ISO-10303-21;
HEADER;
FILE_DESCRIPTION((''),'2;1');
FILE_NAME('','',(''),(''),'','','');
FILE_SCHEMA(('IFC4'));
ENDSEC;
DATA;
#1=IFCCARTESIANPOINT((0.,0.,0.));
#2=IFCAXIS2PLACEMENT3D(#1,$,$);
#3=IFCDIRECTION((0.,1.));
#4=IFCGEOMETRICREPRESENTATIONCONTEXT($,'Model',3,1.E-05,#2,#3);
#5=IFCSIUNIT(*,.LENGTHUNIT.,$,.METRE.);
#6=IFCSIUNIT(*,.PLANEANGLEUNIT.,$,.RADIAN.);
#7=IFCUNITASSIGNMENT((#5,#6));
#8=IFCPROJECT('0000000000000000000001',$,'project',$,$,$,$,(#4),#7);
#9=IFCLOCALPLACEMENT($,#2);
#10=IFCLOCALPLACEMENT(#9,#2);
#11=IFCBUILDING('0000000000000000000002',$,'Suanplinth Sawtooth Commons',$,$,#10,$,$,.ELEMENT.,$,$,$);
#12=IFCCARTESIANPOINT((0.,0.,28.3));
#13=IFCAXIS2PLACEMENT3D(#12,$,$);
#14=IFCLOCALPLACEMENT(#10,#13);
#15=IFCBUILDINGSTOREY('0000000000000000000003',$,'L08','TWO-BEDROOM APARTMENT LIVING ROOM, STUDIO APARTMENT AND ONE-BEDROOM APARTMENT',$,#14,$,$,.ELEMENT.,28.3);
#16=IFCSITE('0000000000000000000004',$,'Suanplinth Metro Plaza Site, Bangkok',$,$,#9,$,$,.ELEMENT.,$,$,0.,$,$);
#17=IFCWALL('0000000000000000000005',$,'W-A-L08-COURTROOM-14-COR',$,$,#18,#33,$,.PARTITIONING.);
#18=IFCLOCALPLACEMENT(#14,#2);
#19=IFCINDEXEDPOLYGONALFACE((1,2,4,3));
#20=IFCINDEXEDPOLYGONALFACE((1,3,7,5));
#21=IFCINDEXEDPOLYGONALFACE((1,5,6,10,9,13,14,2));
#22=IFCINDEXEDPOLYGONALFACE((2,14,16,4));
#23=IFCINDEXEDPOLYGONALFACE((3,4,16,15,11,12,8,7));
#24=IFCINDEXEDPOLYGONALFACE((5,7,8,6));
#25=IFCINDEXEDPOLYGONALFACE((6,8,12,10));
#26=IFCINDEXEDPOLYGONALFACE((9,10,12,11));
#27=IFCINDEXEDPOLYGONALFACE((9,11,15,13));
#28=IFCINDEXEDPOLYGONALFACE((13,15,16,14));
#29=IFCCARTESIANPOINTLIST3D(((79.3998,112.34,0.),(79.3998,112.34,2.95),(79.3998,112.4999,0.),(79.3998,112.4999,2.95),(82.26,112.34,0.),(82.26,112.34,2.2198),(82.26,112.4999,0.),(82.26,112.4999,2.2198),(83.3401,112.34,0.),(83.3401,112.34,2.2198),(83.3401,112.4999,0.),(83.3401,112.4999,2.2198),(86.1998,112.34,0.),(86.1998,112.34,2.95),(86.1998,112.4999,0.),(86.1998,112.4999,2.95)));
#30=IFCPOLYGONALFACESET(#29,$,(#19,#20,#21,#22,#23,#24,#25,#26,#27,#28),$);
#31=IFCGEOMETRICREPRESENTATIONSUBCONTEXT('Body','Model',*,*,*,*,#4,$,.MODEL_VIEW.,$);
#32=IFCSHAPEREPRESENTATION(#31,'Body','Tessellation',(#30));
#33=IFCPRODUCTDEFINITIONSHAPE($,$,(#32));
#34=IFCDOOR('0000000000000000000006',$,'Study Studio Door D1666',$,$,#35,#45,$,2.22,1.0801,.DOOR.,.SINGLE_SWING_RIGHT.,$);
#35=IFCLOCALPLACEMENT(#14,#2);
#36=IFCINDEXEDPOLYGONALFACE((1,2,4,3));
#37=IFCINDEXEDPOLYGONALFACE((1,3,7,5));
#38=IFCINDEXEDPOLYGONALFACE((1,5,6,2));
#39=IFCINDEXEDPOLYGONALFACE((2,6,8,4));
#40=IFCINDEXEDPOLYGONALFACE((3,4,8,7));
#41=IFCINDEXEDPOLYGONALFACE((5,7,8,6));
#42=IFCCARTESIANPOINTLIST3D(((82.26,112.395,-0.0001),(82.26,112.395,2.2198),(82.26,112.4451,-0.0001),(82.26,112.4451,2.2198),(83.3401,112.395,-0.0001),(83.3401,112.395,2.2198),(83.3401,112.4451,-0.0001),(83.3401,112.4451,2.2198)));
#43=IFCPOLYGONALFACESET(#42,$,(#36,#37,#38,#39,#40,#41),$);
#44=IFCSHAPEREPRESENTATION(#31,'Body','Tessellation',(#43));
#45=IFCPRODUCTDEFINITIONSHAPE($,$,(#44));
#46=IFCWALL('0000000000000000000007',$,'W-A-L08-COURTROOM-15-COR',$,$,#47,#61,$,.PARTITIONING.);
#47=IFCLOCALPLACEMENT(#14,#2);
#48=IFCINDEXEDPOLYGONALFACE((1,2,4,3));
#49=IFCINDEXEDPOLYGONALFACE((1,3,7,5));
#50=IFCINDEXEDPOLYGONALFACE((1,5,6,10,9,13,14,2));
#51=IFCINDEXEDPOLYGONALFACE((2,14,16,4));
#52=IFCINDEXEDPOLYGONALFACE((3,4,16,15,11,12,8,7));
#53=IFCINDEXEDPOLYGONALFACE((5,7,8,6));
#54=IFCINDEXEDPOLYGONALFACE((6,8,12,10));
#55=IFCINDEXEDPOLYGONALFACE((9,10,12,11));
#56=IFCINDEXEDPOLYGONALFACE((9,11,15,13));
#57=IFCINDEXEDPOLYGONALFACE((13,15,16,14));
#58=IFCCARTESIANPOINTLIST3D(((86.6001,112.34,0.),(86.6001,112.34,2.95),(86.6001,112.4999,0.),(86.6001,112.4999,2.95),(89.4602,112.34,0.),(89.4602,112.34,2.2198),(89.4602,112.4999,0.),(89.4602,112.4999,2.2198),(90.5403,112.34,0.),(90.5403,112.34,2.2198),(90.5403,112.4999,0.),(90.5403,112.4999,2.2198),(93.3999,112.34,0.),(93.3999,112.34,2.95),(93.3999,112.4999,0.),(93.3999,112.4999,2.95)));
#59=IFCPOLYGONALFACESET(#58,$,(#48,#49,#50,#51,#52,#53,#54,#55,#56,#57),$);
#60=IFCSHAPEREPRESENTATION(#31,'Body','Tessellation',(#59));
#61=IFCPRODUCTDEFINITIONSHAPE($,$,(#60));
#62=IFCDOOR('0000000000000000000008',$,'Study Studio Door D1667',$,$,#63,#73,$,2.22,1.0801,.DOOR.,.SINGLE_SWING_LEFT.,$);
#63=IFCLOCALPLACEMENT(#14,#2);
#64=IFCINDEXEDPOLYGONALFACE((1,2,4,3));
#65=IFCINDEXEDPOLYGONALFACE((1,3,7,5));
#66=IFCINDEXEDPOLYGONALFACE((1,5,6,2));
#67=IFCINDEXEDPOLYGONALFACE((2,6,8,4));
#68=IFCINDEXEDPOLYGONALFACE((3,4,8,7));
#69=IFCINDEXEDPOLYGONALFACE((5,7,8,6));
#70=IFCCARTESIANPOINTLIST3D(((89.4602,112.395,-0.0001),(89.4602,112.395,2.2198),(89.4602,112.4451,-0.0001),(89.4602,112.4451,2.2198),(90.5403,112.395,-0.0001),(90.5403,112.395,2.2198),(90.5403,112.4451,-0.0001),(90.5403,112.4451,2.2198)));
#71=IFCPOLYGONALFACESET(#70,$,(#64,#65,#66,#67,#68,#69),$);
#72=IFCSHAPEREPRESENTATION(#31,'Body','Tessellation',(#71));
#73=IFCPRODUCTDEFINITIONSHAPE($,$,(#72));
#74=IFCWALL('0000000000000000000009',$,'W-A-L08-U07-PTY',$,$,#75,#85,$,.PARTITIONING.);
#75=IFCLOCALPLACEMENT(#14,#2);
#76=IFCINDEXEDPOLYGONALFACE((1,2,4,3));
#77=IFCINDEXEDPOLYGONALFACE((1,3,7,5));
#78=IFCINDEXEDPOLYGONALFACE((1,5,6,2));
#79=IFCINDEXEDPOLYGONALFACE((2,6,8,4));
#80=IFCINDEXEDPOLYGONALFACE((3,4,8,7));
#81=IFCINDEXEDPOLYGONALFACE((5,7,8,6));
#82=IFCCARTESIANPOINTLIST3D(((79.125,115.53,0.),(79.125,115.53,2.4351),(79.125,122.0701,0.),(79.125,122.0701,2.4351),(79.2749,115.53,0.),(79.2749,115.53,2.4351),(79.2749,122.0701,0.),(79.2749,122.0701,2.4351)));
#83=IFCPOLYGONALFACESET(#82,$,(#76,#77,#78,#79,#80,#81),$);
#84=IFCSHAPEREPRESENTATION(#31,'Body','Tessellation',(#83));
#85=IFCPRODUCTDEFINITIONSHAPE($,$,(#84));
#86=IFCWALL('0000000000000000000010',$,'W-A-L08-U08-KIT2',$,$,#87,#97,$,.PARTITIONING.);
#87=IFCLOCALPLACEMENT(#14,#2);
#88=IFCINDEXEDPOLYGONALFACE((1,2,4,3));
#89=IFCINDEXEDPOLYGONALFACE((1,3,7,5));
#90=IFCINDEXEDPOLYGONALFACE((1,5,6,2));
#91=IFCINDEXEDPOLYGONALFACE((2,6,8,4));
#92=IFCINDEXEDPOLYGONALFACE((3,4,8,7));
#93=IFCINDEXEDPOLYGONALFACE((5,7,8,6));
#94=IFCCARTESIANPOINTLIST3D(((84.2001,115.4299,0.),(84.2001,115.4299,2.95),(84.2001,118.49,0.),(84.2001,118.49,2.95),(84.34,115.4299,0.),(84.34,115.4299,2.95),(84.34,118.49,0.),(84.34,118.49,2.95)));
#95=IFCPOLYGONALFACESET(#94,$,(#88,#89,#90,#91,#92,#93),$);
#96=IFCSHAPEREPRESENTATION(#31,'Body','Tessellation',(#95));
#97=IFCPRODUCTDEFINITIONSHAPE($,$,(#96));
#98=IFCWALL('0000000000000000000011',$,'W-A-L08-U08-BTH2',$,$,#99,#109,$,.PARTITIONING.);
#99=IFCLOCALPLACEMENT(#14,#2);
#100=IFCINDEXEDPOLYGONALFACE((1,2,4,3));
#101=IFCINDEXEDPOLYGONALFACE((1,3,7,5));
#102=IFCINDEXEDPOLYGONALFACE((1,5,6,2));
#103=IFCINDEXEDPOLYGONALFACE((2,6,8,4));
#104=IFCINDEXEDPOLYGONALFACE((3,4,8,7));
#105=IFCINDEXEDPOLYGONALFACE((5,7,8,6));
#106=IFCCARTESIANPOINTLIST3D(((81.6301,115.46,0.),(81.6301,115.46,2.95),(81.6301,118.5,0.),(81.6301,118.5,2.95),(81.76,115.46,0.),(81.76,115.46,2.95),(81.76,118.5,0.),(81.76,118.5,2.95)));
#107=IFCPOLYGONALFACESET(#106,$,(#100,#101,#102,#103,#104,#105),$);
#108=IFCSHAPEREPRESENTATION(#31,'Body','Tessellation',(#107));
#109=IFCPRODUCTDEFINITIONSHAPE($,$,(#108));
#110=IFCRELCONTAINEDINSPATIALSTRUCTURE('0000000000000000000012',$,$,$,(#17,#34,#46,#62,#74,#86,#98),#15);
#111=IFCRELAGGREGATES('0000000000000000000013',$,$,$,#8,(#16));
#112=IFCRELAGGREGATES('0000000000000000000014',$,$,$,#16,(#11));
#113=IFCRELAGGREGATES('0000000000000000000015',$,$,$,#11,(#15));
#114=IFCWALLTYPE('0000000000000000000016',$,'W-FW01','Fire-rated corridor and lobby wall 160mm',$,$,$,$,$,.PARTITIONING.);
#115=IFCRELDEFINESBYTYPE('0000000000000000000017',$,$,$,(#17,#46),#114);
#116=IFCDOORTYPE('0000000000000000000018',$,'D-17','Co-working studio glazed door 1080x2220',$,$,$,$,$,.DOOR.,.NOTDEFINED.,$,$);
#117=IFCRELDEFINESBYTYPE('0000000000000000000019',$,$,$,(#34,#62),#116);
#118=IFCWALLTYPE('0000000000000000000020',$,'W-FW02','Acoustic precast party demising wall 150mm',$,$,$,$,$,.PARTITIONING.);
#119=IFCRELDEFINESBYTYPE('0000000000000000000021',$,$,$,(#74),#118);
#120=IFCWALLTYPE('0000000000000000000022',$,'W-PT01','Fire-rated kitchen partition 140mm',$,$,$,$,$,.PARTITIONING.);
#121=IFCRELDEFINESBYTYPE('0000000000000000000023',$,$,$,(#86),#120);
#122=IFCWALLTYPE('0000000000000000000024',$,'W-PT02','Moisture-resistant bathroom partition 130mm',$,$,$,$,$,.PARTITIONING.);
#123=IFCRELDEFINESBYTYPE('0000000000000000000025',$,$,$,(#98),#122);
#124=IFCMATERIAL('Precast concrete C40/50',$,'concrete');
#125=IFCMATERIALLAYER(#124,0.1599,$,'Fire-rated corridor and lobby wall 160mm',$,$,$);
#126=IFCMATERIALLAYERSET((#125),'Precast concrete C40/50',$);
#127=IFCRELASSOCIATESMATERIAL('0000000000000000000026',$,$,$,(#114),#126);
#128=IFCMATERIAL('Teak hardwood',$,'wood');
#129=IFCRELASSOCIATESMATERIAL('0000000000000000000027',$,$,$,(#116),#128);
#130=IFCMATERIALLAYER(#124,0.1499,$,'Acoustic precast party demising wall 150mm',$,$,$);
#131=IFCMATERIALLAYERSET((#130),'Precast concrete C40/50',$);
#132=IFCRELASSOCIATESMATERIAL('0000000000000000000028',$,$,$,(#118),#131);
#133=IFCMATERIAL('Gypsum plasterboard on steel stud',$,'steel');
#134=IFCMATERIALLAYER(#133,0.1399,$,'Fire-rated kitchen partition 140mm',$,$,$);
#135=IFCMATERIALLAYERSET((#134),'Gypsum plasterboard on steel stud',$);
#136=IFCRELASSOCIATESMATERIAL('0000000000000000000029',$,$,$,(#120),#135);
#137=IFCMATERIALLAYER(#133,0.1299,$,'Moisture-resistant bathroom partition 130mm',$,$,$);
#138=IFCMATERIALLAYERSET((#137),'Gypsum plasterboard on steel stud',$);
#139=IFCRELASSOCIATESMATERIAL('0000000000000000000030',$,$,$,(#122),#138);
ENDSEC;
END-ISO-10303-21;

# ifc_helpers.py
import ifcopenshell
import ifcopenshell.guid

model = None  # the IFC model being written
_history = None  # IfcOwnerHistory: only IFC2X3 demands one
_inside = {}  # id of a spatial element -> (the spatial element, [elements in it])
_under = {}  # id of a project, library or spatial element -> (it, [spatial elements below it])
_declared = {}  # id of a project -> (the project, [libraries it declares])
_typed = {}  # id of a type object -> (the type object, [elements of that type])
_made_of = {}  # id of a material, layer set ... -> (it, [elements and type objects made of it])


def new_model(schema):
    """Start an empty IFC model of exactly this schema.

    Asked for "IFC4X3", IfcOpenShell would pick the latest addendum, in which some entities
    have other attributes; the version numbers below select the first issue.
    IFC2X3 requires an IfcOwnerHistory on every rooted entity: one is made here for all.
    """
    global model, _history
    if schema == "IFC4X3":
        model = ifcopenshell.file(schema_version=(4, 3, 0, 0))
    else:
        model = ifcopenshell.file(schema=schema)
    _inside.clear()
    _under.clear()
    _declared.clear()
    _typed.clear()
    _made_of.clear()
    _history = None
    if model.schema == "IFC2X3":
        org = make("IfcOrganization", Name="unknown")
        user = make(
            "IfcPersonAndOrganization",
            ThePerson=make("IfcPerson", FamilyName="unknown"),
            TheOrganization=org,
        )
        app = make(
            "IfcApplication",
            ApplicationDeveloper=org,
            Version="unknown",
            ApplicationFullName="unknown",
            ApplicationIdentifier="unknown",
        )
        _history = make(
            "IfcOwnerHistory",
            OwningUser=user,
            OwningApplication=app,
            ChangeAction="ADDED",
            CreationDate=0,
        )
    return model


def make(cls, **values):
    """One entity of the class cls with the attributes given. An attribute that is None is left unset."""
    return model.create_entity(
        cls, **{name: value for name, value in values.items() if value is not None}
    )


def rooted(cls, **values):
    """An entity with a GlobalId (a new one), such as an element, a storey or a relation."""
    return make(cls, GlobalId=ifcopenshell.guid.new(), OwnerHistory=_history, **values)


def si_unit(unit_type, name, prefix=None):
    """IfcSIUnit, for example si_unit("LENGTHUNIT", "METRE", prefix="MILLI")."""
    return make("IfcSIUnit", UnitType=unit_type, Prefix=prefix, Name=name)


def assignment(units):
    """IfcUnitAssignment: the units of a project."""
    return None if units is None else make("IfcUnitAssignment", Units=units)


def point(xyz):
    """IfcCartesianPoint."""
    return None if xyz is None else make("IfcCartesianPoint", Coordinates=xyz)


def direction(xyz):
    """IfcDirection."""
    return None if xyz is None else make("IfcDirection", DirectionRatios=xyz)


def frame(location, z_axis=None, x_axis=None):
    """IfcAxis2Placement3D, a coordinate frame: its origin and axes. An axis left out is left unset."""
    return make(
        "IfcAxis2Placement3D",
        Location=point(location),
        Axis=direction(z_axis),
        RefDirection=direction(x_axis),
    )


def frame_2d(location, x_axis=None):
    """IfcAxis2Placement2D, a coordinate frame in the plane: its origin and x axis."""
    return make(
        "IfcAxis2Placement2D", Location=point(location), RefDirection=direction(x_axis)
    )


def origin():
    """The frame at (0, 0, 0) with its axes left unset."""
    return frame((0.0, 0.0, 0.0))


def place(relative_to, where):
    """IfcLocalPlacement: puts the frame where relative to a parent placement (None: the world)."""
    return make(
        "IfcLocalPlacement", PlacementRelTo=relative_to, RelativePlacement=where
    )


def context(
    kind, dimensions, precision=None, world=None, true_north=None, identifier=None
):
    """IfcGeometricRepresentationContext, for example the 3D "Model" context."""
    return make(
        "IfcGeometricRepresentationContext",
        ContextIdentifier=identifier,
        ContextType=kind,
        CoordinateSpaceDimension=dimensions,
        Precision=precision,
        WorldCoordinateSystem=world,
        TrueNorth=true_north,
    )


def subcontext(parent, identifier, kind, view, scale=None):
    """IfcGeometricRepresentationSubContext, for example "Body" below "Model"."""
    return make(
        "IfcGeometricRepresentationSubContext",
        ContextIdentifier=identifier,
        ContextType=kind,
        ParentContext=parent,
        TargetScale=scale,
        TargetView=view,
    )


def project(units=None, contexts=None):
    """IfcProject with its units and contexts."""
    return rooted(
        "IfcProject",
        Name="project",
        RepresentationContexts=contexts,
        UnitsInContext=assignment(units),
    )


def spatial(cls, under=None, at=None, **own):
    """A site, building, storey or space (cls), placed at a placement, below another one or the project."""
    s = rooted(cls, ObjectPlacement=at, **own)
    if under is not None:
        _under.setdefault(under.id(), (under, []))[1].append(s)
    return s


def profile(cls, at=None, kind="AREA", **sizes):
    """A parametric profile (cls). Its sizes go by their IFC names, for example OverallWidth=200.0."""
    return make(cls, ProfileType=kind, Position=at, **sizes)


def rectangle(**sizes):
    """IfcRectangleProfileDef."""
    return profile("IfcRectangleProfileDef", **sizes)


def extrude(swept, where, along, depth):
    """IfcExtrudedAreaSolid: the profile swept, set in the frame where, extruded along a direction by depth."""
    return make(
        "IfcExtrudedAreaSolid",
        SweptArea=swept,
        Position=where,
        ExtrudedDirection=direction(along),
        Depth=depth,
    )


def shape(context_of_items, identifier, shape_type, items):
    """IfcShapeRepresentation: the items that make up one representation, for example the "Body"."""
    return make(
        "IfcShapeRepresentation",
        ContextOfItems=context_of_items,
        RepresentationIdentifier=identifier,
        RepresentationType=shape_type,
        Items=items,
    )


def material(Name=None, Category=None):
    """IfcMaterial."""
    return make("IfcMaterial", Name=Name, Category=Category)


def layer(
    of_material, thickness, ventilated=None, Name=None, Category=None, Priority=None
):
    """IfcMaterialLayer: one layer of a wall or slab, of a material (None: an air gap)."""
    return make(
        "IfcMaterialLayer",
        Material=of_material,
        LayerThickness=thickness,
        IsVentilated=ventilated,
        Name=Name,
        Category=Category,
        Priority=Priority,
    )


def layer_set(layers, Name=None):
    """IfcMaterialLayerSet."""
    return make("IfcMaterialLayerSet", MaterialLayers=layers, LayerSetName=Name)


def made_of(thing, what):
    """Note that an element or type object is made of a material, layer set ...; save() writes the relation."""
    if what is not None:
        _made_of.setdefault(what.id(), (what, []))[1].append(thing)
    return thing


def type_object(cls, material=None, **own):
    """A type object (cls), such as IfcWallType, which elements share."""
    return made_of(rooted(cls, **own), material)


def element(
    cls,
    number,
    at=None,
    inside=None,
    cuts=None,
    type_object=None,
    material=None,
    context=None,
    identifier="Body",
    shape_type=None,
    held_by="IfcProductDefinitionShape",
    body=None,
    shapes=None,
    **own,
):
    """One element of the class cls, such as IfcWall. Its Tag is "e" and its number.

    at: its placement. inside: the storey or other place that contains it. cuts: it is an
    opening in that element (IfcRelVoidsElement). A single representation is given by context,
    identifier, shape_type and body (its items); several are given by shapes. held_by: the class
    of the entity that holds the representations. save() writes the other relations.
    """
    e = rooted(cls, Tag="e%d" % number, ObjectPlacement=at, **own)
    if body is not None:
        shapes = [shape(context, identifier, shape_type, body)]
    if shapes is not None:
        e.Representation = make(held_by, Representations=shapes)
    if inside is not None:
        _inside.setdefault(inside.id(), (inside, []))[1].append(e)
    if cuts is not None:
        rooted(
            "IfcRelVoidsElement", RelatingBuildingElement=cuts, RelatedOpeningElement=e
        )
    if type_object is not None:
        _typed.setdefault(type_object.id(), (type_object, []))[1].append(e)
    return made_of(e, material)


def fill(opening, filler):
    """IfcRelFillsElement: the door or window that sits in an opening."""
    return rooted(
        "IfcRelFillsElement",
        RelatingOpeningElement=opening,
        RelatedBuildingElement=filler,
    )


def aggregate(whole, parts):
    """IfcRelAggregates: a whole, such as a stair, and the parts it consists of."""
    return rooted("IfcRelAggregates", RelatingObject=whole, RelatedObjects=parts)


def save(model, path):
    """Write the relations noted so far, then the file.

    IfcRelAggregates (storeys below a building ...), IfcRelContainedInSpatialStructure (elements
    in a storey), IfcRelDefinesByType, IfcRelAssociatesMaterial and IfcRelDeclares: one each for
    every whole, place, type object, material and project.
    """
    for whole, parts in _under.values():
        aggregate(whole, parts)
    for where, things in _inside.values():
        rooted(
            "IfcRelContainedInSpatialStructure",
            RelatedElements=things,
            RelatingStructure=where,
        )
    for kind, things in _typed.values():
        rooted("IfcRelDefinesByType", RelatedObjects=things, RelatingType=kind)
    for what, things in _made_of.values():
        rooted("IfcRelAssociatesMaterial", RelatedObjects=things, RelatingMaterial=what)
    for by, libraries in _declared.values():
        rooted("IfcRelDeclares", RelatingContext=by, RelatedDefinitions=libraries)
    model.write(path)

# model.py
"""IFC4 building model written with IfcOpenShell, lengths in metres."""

from ifc_helpers import new_model, si_unit, direction, frame, frame_2d, origin, place, context, subcontext, project, spatial, rectangle, extrude, material, layer, layer_set, type_object, element, fill, save


model = new_model("IFC4")

# Units and contexts
model_context = context("Model", 3, precision=1e-05, world=origin(), true_north=direction((0.0, 1.0)))
body_context = subcontext(model_context, "Body", "Model", "MODEL_VIEW")
ifc_project = project(units=[si_unit("LENGTHUNIT", "METRE"), si_unit("PLANEANGLEUNIT", "RADIAN")], contexts=[model_context])

# Site, building, storey
site_placement = place(None, origin())
site = spatial("IfcSite", under=ifc_project, at=site_placement, Name="Suanplinth Metro Plaza Site, Bangkok", CompositionType="ELEMENT", RefElevation=0.0)
building_placement = place(site_placement, origin())
building = spatial("IfcBuilding", under=site, at=building_placement, Name="Suanplinth Sawtooth Commons", CompositionType="ELEMENT")
storey_placement = place(building_placement, frame((0.0, 0.0, 28.3)))
storey = spatial("IfcBuildingStorey", under=building, at=storey_placement, Name="L08", Description="TWO-BEDROOM APARTMENT LIVING ROOM, STUDIO APARTMENT AND ONE-BEDROOM APARTMENT", CompositionType="ELEMENT", Elevation=28.3)

# Shared definitions
ifc_material_1 = material(Name="Precast concrete C40/50", Category="concrete")

# Walls, openings, doors
ifc_layer_1 = layer(ifc_material_1, 0.1599, Name="Fire-rated corridor and lobby wall 160mm")
ifc_layer_set_1 = layer_set([ifc_layer_1], Name="Precast concrete C40/50")
wall_type_1 = type_object("IfcWallType", Name="W-FW01", Description="Fire-rated corridor and lobby wall 160mm", PredefinedType="PARTITIONING", material=ifc_layer_set_1)
wall_1_placement = place(storey_placement, frame((79.3999, 112.4199, 0.0), z_axis=(0.0, 0.0, 1.0), x_axis=(1.0, 0.0, 0.0)))
wall_1 = element("IfcWall", 1, at=wall_1_placement, inside=storey, type_object=wall_type_1, Name="W-A-L08-COURTROOM-14-COR", PredefinedType="PARTITIONING", context=body_context, shape_type="SweptSolid", body=[
    extrude(rectangle(XDim=6.8, YDim=0.1599, at=frame_2d((3.3999, 0.0))), origin(), (0.0, 0.0, 1.0), 2.95),
])
opening_1_placement = place(wall_1_placement, frame((2.8601, 0.0, 0.0)))
opening_1 = element("IfcOpeningElement", 2, at=opening_1_placement, cuts=wall_1, PredefinedType="OPENING", context=body_context, shape_type="SweptSolid", body=[
    extrude(rectangle(XDim=1.0801, YDim=2.22, at=frame_2d((0.54, 1.1099))), frame((0.0, 0.0947, 0.0), z_axis=(0.0, -1.0, 0.0), x_axis=(1.0, 0.0, 0.0)), (0.0, 0.0, 1.0), 0.1897),
])
ifc_material_2 = material(Name="Teak hardwood", Category="wood")
door_type_1 = type_object("IfcDoorType", Name="D-17", Description="Co-working studio glazed door 1080x2220", OperationType="NOTDEFINED", PredefinedType="DOOR", material=ifc_material_2)
door_1_placement = place(opening_1_placement, frame((1.0801, 0.0, 0.0), z_axis=(0.0, 0.0, 1.0), x_axis=(-1.0, 0.0, 0.0)))
door_1 = element("IfcDoor", 3, at=door_1_placement, inside=storey, type_object=door_type_1, Name="Study Studio Door D1666", OperationType="SINGLE_SWING_RIGHT", OverallHeight=2.22, OverallWidth=1.0801, PredefinedType="DOOR", context=body_context, shape_type="SweptSolid", body=[
    extrude(rectangle(XDim=1.0801, YDim=2.22, at=frame_2d((0.54, 1.1099))), frame((0.0, 0.0249, 0.0), z_axis=(0.0, -1.0, 0.0), x_axis=(1.0, 0.0, 0.0)), (0.0, 0.0, 1.0), 0.05),
])
fill(opening_1, door_1)
wall_2_placement = place(storey_placement, frame((86.6001, 112.4199, 0.0), z_axis=(0.0, 0.0, 1.0), x_axis=(1.0, 0.0, 0.0)))
wall_2 = element("IfcWall", 4, at=wall_2_placement, inside=storey, type_object=wall_type_1, Name="W-A-L08-COURTROOM-15-COR", PredefinedType="PARTITIONING", context=body_context, shape_type="SweptSolid", body=[
    extrude(rectangle(XDim=6.7998, YDim=0.1599, at=frame_2d((3.3999, 0.0))), origin(), (0.0, 0.0, 1.0), 2.95),
])
opening_2_placement = place(wall_2_placement, frame((2.8601, 0.0, 0.0)))
opening_2 = element("IfcOpeningElement", 5, at=opening_2_placement, cuts=wall_2, PredefinedType="OPENING", context=body_context, shape_type="SweptSolid", body=[
    extrude(rectangle(XDim=1.0801, YDim=2.22, at=frame_2d((0.54, 1.1099))), frame((0.0, 0.0947, 0.0), z_axis=(0.0, -1.0, 0.0), x_axis=(1.0, 0.0, 0.0)), (0.0, 0.0, 1.0), 0.1897),
])
door_2_placement = place(opening_2_placement, frame((1.0801, 0.0, 0.0), z_axis=(0.0, 0.0, 1.0), x_axis=(-1.0, 0.0, 0.0)))
door_2 = element("IfcDoor", 6, at=door_2_placement, inside=storey, type_object=door_type_1, Name="Study Studio Door D1667", OperationType="SINGLE_SWING_LEFT", OverallHeight=2.22, OverallWidth=1.0801, PredefinedType="DOOR", context=body_context, shape_type="SweptSolid", body=[
    extrude(rectangle(XDim=1.0801, YDim=2.22, at=frame_2d((0.54, 1.1099))), frame((0.0, 0.0249, 0.0), z_axis=(0.0, -1.0, 0.0), x_axis=(1.0, 0.0, 0.0)), (0.0, 0.0, 1.0), 0.05),
])
fill(opening_2, door_2)

# Walls
ifc_layer_2 = layer(ifc_material_1, 0.1499, Name="Acoustic precast party demising wall 150mm")
ifc_layer_set_2 = layer_set([ifc_layer_2], Name="Precast concrete C40/50")
wall_type_2 = type_object("IfcWallType", Name="W-FW02", Description="Acoustic precast party demising wall 150mm", PredefinedType="PARTITIONING", material=ifc_layer_set_2)
wall_3_placement = place(storey_placement, frame((79.2, 115.53, 0.0), z_axis=(0.0, 0.0, 1.0), x_axis=(0.0, 1.0, 0.0)))
element("IfcWall", 7, at=wall_3_placement, inside=storey, type_object=wall_type_2, Name="W-A-L08-U07-PTY", PredefinedType="PARTITIONING", context=body_context, shape_type="SweptSolid", body=[
    extrude(rectangle(XDim=6.54, YDim=0.1499, at=frame_2d((3.27, 0.0))), origin(), (0.0, 0.0, 1.0), 2.4351),
])
ifc_material_3 = material(Name="Gypsum plasterboard on steel stud", Category="steel")
ifc_layer_3 = layer(ifc_material_3, 0.1399, Name="Fire-rated kitchen partition 140mm")
ifc_layer_set_3 = layer_set([ifc_layer_3], Name="Gypsum plasterboard on steel stud")
wall_type_3 = type_object("IfcWallType", Name="W-PT01", Description="Fire-rated kitchen partition 140mm", PredefinedType="PARTITIONING", material=ifc_layer_set_3)
wall_4_placement = place(storey_placement, frame((84.27, 115.4299, 0.0), z_axis=(0.0, 0.0, 1.0), x_axis=(0.0, 1.0, 0.0)))
element("IfcWall", 8, at=wall_4_placement, inside=storey, type_object=wall_type_3, Name="W-A-L08-U08-KIT2", PredefinedType="PARTITIONING", context=body_context, shape_type="SweptSolid", body=[
    extrude(rectangle(XDim=3.0601, YDim=0.1399, at=frame_2d((1.53, 0.0))), origin(), (0.0, 0.0, 1.0), 2.95),
])
ifc_layer_4 = layer(ifc_material_3, 0.1299, Name="Moisture-resistant bathroom partition 130mm")
ifc_layer_set_4 = layer_set([ifc_layer_4], Name="Gypsum plasterboard on steel stud")
wall_type_4 = type_object("IfcWallType", Name="W-PT02", Description="Moisture-resistant bathroom partition 130mm", PredefinedType="PARTITIONING", material=ifc_layer_set_4)
wall_5_placement = place(storey_placement, frame((81.6951, 115.46, 0.0), z_axis=(0.0, 0.0, 1.0), x_axis=(0.0, 1.0, 0.0)))
element("IfcWall", 9, at=wall_5_placement, inside=storey, type_object=wall_type_4, Name="W-A-L08-U08-BTH2", PredefinedType="PARTITIONING", context=body_context, shape_type="SweptSolid", body=[
    extrude(rectangle(XDim=3.04, YDim=0.1299, at=frame_2d((1.52, 0.0))), origin(), (0.0, 0.0, 1.0), 2.95),
])

save(model, "model.ifc")
